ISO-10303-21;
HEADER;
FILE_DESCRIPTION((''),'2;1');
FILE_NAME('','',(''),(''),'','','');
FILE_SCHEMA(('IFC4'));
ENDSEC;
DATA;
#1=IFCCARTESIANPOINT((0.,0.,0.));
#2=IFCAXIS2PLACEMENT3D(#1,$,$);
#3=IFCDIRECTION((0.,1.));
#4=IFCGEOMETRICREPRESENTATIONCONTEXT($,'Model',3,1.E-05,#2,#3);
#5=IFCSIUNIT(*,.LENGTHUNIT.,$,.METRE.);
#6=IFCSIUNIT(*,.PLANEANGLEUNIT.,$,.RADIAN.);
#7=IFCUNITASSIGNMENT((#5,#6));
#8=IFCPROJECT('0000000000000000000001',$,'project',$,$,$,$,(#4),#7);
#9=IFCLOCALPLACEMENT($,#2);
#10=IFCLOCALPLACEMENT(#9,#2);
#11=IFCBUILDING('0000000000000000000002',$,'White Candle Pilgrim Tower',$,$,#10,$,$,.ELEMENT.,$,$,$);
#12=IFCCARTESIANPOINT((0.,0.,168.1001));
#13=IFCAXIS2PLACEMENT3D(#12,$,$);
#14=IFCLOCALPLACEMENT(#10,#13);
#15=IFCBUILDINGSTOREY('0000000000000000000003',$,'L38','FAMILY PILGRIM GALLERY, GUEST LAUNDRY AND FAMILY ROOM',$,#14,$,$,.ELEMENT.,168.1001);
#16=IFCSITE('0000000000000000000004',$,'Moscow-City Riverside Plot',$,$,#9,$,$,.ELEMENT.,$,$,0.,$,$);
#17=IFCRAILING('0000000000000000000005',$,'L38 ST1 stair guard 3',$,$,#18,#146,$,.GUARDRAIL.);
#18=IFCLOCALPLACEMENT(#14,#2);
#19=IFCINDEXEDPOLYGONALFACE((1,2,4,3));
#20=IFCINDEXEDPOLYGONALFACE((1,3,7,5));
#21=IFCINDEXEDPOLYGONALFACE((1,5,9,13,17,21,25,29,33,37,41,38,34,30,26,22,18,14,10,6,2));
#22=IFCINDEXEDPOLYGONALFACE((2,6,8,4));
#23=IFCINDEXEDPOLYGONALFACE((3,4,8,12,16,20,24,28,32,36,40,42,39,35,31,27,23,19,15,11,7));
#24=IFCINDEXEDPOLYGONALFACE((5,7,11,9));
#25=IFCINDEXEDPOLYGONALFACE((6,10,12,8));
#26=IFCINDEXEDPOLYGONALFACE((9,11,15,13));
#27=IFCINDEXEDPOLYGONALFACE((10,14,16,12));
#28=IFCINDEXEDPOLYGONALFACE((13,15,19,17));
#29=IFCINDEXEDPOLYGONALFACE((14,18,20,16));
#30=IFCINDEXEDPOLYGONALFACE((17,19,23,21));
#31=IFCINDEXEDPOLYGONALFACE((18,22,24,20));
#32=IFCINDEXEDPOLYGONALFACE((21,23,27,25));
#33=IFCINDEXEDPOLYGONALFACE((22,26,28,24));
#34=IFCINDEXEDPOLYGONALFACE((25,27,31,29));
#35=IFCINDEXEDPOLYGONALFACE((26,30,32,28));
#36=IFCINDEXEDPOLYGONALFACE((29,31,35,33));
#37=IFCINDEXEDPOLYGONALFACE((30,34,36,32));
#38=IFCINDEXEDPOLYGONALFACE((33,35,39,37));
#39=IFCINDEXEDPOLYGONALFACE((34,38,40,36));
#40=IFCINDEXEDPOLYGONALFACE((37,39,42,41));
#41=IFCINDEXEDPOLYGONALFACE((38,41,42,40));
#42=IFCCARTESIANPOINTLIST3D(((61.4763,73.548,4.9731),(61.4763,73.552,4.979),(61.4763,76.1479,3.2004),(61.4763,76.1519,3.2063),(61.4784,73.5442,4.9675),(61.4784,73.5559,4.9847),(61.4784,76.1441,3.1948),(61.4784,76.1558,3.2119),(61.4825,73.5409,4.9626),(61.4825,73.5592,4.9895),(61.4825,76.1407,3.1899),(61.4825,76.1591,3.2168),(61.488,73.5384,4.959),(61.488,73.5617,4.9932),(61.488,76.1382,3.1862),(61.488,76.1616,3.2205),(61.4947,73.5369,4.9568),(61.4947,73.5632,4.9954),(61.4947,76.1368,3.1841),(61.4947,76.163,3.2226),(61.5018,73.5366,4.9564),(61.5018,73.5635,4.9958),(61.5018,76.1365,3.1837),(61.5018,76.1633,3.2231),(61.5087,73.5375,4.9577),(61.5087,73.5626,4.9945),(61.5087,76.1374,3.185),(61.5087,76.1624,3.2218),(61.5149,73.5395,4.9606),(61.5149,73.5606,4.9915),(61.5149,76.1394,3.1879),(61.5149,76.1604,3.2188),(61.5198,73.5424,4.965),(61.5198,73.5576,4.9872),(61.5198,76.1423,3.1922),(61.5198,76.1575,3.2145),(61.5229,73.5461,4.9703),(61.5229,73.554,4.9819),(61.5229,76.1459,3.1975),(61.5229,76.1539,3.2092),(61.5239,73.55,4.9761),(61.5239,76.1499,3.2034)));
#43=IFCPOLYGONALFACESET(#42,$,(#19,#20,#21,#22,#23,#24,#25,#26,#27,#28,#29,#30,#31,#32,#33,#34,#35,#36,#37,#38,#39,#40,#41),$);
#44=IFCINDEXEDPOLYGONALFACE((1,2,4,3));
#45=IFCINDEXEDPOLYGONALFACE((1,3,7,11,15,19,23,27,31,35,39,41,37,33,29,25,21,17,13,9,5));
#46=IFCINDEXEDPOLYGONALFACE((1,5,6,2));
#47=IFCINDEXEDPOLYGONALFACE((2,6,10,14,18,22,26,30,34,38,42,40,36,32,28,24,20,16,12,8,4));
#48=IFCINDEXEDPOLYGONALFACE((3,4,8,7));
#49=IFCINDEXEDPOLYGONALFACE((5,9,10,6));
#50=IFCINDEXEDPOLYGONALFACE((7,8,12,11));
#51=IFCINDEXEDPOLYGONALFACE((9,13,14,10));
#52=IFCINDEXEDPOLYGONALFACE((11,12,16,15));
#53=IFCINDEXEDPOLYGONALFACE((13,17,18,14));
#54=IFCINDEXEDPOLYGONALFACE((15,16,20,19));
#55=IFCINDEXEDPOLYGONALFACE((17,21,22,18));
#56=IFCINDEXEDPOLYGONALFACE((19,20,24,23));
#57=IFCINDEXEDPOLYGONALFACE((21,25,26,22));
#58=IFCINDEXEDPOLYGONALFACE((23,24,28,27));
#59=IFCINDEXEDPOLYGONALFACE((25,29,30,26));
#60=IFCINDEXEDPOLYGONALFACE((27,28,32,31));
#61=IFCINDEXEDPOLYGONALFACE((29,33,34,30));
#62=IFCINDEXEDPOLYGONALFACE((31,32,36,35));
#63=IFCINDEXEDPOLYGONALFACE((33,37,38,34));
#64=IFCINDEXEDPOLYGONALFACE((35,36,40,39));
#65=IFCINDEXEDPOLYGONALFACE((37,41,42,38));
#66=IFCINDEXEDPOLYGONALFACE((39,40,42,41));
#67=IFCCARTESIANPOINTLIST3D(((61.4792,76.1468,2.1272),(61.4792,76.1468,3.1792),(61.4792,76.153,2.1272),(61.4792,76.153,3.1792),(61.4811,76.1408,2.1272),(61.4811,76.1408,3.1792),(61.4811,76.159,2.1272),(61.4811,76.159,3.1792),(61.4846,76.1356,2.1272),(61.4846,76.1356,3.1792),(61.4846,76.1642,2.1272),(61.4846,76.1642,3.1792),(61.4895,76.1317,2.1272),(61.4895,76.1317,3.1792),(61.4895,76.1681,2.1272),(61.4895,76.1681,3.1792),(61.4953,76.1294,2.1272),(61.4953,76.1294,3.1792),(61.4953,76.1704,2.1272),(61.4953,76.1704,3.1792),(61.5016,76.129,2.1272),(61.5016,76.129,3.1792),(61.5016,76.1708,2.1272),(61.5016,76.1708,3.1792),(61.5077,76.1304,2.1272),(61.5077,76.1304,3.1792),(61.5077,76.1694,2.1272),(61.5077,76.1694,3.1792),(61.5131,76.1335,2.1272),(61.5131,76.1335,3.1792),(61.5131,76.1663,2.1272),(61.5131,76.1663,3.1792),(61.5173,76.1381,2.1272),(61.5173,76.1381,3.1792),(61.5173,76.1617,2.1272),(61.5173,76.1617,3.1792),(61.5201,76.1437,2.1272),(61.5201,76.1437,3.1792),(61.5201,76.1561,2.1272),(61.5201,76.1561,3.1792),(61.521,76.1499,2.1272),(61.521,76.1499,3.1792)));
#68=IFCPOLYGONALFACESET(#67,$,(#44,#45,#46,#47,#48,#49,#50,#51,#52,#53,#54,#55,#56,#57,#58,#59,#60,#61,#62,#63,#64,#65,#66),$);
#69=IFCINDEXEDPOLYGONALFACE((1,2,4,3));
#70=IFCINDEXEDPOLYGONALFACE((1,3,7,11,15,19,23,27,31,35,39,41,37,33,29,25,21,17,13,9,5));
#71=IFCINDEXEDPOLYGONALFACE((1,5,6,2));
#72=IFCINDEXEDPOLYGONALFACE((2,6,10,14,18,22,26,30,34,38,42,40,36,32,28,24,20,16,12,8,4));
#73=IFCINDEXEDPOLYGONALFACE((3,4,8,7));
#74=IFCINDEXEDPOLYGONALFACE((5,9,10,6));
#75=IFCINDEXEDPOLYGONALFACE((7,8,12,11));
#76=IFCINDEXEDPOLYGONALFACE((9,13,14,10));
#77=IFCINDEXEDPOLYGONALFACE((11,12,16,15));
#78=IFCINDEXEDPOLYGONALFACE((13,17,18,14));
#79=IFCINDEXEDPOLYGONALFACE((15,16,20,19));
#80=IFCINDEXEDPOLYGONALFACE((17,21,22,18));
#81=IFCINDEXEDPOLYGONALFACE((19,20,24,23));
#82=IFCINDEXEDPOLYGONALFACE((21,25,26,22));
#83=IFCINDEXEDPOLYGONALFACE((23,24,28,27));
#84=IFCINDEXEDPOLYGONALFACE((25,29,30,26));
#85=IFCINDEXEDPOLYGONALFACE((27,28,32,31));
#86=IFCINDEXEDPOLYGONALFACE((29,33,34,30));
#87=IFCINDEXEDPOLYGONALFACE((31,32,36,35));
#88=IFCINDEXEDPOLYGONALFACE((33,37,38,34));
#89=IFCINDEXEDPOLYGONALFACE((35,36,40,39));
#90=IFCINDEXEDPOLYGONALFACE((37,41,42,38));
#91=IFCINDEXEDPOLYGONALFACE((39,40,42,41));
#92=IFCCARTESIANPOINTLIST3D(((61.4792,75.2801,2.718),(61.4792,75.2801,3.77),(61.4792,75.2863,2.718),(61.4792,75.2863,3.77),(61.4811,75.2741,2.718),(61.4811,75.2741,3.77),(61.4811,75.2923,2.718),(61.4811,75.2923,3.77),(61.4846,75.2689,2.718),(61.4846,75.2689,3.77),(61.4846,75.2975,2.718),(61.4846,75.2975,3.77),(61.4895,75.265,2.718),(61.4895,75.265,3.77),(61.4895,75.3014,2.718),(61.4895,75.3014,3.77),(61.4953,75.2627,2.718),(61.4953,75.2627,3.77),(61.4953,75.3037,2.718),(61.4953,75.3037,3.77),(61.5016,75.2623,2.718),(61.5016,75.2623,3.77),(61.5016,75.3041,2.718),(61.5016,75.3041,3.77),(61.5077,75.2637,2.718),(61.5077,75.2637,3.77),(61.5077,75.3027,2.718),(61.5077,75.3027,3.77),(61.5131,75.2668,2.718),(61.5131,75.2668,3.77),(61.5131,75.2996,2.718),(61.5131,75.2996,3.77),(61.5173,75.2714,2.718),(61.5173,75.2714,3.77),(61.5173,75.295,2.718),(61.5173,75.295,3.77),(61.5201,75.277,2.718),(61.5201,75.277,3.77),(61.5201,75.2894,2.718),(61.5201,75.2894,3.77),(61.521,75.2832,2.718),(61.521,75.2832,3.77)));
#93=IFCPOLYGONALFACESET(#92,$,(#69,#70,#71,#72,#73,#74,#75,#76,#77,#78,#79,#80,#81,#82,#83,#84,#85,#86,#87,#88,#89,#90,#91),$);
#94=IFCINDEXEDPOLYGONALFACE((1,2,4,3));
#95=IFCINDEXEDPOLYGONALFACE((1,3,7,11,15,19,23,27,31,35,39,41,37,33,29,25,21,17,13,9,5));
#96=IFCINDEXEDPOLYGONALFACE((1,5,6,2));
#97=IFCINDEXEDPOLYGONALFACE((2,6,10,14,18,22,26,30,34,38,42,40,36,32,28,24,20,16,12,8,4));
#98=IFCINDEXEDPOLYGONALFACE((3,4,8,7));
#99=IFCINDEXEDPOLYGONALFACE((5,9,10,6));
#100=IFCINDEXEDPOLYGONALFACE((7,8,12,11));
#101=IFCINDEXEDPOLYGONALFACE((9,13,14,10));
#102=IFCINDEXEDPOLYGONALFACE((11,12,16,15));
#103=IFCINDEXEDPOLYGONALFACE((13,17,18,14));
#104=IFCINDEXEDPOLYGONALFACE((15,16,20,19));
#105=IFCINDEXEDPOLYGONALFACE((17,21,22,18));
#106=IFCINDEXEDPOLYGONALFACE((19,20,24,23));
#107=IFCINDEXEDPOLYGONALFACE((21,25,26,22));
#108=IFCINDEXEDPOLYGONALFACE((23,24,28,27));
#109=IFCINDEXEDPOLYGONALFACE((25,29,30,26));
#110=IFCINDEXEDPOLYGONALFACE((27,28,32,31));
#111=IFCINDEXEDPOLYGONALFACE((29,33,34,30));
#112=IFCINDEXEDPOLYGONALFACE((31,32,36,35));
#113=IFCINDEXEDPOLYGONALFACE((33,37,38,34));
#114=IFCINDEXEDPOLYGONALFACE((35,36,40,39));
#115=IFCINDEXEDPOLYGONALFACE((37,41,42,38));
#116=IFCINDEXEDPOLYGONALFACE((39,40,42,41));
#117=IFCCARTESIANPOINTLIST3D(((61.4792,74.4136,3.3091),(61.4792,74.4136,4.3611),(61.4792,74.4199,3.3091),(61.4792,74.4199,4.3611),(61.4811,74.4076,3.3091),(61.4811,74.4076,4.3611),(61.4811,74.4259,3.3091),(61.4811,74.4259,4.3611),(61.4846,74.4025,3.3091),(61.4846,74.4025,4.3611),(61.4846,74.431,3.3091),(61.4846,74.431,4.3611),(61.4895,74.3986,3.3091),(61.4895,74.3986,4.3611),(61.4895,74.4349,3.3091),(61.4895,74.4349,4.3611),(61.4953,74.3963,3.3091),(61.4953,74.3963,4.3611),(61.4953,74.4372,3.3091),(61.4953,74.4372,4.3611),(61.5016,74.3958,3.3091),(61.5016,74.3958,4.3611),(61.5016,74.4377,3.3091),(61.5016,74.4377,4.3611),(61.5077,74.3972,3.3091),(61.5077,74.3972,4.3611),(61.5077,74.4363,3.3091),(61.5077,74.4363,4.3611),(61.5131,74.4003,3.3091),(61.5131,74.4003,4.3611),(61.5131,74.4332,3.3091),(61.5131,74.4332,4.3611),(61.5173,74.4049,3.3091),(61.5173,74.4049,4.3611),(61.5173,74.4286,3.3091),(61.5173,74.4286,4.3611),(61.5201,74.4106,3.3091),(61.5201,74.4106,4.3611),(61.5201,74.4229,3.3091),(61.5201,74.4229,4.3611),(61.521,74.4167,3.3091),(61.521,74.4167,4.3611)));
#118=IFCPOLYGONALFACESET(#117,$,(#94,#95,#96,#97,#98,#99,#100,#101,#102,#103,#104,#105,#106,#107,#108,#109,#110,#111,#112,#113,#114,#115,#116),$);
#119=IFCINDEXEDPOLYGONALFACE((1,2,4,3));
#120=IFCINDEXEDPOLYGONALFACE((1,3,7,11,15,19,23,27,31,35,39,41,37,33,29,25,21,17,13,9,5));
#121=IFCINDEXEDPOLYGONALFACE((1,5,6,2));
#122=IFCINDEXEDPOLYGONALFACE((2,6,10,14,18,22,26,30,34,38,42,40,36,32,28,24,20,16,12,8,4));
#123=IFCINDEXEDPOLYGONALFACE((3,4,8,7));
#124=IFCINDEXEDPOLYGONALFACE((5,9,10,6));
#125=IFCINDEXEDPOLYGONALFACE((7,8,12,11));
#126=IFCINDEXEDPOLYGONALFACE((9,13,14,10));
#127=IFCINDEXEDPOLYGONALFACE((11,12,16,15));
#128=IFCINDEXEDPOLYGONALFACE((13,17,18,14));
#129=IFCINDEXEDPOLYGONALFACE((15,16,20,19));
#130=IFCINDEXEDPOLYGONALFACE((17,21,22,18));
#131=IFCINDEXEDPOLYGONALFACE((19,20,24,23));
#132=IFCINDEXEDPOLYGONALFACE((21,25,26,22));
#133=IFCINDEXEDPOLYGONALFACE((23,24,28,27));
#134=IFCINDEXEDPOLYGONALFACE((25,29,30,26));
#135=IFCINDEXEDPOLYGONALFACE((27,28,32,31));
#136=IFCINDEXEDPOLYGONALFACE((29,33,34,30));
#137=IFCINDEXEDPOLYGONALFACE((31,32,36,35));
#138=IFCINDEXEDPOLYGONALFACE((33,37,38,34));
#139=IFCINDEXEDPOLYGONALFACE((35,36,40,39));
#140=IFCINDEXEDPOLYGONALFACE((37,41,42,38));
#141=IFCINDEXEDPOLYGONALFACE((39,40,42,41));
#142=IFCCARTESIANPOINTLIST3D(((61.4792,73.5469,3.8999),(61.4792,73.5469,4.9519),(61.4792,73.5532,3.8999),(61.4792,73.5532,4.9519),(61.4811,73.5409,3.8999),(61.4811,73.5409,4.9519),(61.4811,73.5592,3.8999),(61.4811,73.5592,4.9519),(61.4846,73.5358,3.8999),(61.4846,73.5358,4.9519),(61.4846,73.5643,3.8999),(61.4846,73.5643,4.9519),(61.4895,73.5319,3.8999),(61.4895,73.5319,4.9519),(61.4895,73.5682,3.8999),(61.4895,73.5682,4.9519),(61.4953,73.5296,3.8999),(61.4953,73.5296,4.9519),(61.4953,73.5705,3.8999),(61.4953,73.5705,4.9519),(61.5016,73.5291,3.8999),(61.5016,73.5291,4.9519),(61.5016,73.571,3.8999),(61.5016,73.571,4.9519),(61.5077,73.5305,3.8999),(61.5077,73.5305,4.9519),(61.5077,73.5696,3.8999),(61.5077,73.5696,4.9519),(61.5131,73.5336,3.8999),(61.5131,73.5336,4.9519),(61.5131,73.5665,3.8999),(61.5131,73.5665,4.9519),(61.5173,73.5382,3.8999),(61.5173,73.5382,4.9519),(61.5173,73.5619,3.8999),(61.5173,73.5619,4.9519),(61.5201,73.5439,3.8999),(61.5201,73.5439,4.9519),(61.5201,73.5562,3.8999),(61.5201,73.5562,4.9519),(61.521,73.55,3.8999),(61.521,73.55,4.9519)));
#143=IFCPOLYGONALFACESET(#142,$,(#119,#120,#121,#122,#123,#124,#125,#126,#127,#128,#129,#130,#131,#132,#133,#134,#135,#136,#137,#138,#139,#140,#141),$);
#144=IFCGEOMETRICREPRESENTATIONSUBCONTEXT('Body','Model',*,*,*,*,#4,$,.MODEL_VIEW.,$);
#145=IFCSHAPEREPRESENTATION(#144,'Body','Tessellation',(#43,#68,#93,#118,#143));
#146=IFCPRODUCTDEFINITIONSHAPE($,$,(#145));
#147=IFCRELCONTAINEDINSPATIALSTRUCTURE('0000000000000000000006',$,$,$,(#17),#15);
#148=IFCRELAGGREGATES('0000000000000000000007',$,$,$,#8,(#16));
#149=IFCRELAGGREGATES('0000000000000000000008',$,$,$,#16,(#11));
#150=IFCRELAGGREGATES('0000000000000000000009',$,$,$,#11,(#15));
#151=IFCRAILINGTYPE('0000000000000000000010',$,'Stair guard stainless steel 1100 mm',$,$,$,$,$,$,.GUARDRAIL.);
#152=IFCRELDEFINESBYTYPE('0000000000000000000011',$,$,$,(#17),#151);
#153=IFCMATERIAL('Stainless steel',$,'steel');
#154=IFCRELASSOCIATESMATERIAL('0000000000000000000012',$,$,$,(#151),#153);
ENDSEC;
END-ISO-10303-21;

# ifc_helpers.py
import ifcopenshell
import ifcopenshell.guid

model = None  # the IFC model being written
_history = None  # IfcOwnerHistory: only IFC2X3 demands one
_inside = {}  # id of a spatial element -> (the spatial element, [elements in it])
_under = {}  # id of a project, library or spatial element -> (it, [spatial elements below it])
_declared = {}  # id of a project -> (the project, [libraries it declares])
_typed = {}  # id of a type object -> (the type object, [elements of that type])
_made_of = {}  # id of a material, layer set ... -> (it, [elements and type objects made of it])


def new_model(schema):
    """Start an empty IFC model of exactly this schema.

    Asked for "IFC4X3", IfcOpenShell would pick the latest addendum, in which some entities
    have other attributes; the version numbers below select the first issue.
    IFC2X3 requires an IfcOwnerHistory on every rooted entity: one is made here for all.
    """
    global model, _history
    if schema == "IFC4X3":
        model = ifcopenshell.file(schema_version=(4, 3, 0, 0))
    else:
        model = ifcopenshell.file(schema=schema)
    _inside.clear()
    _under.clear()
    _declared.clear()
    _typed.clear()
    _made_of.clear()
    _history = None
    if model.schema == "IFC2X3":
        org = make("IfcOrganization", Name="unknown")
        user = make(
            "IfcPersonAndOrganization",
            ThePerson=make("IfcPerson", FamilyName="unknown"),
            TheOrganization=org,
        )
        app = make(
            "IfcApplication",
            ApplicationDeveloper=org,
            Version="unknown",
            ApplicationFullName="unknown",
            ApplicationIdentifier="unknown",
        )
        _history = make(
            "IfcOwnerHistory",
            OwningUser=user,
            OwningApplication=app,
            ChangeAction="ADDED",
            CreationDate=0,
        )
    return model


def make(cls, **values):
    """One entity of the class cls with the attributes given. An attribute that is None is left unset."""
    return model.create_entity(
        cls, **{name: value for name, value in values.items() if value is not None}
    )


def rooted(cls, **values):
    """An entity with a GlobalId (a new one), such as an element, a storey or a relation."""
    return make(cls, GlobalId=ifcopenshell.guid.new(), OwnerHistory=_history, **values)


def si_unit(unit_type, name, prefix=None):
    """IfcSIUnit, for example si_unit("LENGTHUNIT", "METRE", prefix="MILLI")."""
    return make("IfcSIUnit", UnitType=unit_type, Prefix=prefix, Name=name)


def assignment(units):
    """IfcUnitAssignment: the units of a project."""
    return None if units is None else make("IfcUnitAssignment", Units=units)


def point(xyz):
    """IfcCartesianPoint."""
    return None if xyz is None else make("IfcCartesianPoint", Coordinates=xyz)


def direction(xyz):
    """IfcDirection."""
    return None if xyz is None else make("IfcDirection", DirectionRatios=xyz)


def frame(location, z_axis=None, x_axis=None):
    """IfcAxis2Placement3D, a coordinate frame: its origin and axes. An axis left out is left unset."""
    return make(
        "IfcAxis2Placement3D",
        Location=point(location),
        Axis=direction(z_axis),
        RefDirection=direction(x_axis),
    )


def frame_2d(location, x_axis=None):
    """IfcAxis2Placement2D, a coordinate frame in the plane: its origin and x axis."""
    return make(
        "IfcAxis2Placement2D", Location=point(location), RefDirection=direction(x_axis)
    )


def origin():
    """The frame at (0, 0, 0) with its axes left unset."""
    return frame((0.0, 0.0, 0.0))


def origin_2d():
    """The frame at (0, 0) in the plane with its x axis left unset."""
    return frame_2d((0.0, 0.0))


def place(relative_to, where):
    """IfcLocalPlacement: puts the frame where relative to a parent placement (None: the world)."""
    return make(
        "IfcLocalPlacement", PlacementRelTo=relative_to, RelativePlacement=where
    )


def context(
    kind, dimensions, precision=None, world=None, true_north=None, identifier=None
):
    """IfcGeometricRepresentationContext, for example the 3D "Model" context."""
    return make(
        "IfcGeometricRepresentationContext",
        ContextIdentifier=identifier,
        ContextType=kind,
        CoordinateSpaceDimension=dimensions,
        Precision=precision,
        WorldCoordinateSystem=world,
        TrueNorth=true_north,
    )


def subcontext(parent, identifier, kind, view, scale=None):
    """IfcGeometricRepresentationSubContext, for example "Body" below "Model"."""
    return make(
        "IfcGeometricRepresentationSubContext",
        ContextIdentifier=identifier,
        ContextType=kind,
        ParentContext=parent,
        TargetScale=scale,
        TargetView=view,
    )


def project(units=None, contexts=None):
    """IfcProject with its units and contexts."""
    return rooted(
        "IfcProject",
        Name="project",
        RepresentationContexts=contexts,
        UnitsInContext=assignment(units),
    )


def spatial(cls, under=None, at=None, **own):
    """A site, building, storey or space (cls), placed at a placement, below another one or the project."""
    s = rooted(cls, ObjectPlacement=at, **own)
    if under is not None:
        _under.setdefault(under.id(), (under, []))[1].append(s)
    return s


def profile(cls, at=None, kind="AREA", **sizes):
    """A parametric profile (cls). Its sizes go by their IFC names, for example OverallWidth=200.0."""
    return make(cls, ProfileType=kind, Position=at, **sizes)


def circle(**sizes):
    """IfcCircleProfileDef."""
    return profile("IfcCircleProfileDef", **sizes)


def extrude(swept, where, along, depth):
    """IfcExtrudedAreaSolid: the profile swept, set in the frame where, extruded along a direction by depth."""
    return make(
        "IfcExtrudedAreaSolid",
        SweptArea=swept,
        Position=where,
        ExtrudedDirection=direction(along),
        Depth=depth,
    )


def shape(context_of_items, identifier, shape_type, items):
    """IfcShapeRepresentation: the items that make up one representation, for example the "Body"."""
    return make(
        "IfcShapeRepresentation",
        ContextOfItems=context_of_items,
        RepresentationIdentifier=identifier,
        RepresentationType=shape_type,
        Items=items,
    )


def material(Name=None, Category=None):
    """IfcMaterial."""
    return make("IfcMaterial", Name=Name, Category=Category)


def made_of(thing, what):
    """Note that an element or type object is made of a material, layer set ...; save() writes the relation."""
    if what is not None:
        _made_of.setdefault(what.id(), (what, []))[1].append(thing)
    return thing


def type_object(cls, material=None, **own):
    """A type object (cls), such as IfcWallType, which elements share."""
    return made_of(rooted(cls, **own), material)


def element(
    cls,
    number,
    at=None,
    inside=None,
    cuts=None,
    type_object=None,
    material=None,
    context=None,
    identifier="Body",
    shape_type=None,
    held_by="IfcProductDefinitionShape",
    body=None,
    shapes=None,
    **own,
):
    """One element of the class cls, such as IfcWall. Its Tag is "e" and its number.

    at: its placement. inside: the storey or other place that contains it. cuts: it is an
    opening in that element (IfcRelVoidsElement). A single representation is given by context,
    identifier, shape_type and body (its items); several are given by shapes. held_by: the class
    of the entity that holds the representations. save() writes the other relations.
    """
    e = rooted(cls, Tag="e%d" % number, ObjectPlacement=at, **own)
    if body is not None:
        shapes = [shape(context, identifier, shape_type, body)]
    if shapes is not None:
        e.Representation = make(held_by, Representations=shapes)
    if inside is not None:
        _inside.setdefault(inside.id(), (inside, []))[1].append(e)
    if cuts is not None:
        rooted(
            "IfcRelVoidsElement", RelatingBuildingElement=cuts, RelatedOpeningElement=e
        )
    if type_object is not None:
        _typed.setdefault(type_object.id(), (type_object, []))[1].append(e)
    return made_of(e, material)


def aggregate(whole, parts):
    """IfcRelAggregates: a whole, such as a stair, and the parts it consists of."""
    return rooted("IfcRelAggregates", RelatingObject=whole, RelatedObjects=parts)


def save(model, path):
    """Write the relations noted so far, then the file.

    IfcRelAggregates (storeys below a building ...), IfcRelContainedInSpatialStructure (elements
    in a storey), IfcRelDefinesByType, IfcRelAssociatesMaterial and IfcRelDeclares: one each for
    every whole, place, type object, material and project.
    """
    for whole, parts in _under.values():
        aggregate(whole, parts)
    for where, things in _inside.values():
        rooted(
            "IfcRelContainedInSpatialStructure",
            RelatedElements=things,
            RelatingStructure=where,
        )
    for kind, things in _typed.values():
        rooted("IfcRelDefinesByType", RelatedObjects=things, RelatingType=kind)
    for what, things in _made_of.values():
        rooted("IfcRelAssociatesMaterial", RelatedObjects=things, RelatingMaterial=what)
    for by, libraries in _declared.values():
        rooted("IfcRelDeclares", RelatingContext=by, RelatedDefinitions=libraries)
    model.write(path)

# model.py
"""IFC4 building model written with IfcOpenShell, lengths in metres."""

from ifc_helpers import new_model, si_unit, direction, frame, origin, origin_2d, place, context, subcontext, project, spatial, circle, extrude, material, type_object, element, save


model = new_model("IFC4")

# Units and contexts
model_context = context("Model", 3, precision=1e-05, world=origin(), true_north=direction((0.0, 1.0)))
body_context = subcontext(model_context, "Body", "Model", "MODEL_VIEW")
ifc_project = project(units=[si_unit("LENGTHUNIT", "METRE"), si_unit("PLANEANGLEUNIT", "RADIAN")], contexts=[model_context])

# Site, building, storey
site_placement = place(None, origin())
site = spatial("IfcSite", under=ifc_project, at=site_placement, Name="Moscow-City Riverside Plot", CompositionType="ELEMENT", RefElevation=0.0)
building_placement = place(site_placement, origin())
building = spatial("IfcBuilding", under=site, at=building_placement, Name="White Candle Pilgrim Tower", CompositionType="ELEMENT")
storey_placement = place(building_placement, frame((0.0, 0.0, 168.1001)))
storey = spatial("IfcBuildingStorey", under=building, at=storey_placement, Name="L38", Description="FAMILY PILGRIM GALLERY, GUEST LAUNDRY AND FAMILY ROOM", CompositionType="ELEMENT", Elevation=168.1001)

# Shared definitions
ifc_material_1 = material(Name="Stainless steel", Category="steel")

# Railing
railing_type_1 = type_object("IfcRailingType", Name="Stair guard stainless steel 1100 mm", PredefinedType="GUARDRAIL", material=ifc_material_1)
railing_1_placement = place(storey_placement, frame((61.5, 76.1499, 2.1272)))
element("IfcRailing", 1, at=railing_1_placement, inside=storey, type_object=railing_type_1, Name="L38 ST1 stair guard 3", PredefinedType="GUARDRAIL", context=body_context, shape_type="SweptSolid", body=[
    extrude(circle(Radius=0.0239, at=origin_2d()), frame((0.0, 0.0, 1.0762), z_axis=(0.0, -0.826216, 0.563354), x_axis=(1.0, 0.0, 0.0)), (0.0, 0.0, 1.0), 3.1467),
    extrude(circle(Radius=0.021, at=origin_2d()), origin(), (0.0, 0.0, 1.0), 1.052),
    extrude(circle(Radius=0.021, at=origin_2d()), frame((0.0, -0.8667, 0.5908)), (0.0, 0.0, 1.0), 1.052),
    extrude(circle(Radius=0.021, at=origin_2d()), frame((0.0, -1.7332, 1.1819)), (0.0, 0.0, 1.0), 1.052),
    extrude(circle(Radius=0.021, at=origin_2d()), frame((0.0, -2.5999, 1.7727)), (0.0, 0.0, 1.0), 1.052),
])

save(model, "model.ifc")
